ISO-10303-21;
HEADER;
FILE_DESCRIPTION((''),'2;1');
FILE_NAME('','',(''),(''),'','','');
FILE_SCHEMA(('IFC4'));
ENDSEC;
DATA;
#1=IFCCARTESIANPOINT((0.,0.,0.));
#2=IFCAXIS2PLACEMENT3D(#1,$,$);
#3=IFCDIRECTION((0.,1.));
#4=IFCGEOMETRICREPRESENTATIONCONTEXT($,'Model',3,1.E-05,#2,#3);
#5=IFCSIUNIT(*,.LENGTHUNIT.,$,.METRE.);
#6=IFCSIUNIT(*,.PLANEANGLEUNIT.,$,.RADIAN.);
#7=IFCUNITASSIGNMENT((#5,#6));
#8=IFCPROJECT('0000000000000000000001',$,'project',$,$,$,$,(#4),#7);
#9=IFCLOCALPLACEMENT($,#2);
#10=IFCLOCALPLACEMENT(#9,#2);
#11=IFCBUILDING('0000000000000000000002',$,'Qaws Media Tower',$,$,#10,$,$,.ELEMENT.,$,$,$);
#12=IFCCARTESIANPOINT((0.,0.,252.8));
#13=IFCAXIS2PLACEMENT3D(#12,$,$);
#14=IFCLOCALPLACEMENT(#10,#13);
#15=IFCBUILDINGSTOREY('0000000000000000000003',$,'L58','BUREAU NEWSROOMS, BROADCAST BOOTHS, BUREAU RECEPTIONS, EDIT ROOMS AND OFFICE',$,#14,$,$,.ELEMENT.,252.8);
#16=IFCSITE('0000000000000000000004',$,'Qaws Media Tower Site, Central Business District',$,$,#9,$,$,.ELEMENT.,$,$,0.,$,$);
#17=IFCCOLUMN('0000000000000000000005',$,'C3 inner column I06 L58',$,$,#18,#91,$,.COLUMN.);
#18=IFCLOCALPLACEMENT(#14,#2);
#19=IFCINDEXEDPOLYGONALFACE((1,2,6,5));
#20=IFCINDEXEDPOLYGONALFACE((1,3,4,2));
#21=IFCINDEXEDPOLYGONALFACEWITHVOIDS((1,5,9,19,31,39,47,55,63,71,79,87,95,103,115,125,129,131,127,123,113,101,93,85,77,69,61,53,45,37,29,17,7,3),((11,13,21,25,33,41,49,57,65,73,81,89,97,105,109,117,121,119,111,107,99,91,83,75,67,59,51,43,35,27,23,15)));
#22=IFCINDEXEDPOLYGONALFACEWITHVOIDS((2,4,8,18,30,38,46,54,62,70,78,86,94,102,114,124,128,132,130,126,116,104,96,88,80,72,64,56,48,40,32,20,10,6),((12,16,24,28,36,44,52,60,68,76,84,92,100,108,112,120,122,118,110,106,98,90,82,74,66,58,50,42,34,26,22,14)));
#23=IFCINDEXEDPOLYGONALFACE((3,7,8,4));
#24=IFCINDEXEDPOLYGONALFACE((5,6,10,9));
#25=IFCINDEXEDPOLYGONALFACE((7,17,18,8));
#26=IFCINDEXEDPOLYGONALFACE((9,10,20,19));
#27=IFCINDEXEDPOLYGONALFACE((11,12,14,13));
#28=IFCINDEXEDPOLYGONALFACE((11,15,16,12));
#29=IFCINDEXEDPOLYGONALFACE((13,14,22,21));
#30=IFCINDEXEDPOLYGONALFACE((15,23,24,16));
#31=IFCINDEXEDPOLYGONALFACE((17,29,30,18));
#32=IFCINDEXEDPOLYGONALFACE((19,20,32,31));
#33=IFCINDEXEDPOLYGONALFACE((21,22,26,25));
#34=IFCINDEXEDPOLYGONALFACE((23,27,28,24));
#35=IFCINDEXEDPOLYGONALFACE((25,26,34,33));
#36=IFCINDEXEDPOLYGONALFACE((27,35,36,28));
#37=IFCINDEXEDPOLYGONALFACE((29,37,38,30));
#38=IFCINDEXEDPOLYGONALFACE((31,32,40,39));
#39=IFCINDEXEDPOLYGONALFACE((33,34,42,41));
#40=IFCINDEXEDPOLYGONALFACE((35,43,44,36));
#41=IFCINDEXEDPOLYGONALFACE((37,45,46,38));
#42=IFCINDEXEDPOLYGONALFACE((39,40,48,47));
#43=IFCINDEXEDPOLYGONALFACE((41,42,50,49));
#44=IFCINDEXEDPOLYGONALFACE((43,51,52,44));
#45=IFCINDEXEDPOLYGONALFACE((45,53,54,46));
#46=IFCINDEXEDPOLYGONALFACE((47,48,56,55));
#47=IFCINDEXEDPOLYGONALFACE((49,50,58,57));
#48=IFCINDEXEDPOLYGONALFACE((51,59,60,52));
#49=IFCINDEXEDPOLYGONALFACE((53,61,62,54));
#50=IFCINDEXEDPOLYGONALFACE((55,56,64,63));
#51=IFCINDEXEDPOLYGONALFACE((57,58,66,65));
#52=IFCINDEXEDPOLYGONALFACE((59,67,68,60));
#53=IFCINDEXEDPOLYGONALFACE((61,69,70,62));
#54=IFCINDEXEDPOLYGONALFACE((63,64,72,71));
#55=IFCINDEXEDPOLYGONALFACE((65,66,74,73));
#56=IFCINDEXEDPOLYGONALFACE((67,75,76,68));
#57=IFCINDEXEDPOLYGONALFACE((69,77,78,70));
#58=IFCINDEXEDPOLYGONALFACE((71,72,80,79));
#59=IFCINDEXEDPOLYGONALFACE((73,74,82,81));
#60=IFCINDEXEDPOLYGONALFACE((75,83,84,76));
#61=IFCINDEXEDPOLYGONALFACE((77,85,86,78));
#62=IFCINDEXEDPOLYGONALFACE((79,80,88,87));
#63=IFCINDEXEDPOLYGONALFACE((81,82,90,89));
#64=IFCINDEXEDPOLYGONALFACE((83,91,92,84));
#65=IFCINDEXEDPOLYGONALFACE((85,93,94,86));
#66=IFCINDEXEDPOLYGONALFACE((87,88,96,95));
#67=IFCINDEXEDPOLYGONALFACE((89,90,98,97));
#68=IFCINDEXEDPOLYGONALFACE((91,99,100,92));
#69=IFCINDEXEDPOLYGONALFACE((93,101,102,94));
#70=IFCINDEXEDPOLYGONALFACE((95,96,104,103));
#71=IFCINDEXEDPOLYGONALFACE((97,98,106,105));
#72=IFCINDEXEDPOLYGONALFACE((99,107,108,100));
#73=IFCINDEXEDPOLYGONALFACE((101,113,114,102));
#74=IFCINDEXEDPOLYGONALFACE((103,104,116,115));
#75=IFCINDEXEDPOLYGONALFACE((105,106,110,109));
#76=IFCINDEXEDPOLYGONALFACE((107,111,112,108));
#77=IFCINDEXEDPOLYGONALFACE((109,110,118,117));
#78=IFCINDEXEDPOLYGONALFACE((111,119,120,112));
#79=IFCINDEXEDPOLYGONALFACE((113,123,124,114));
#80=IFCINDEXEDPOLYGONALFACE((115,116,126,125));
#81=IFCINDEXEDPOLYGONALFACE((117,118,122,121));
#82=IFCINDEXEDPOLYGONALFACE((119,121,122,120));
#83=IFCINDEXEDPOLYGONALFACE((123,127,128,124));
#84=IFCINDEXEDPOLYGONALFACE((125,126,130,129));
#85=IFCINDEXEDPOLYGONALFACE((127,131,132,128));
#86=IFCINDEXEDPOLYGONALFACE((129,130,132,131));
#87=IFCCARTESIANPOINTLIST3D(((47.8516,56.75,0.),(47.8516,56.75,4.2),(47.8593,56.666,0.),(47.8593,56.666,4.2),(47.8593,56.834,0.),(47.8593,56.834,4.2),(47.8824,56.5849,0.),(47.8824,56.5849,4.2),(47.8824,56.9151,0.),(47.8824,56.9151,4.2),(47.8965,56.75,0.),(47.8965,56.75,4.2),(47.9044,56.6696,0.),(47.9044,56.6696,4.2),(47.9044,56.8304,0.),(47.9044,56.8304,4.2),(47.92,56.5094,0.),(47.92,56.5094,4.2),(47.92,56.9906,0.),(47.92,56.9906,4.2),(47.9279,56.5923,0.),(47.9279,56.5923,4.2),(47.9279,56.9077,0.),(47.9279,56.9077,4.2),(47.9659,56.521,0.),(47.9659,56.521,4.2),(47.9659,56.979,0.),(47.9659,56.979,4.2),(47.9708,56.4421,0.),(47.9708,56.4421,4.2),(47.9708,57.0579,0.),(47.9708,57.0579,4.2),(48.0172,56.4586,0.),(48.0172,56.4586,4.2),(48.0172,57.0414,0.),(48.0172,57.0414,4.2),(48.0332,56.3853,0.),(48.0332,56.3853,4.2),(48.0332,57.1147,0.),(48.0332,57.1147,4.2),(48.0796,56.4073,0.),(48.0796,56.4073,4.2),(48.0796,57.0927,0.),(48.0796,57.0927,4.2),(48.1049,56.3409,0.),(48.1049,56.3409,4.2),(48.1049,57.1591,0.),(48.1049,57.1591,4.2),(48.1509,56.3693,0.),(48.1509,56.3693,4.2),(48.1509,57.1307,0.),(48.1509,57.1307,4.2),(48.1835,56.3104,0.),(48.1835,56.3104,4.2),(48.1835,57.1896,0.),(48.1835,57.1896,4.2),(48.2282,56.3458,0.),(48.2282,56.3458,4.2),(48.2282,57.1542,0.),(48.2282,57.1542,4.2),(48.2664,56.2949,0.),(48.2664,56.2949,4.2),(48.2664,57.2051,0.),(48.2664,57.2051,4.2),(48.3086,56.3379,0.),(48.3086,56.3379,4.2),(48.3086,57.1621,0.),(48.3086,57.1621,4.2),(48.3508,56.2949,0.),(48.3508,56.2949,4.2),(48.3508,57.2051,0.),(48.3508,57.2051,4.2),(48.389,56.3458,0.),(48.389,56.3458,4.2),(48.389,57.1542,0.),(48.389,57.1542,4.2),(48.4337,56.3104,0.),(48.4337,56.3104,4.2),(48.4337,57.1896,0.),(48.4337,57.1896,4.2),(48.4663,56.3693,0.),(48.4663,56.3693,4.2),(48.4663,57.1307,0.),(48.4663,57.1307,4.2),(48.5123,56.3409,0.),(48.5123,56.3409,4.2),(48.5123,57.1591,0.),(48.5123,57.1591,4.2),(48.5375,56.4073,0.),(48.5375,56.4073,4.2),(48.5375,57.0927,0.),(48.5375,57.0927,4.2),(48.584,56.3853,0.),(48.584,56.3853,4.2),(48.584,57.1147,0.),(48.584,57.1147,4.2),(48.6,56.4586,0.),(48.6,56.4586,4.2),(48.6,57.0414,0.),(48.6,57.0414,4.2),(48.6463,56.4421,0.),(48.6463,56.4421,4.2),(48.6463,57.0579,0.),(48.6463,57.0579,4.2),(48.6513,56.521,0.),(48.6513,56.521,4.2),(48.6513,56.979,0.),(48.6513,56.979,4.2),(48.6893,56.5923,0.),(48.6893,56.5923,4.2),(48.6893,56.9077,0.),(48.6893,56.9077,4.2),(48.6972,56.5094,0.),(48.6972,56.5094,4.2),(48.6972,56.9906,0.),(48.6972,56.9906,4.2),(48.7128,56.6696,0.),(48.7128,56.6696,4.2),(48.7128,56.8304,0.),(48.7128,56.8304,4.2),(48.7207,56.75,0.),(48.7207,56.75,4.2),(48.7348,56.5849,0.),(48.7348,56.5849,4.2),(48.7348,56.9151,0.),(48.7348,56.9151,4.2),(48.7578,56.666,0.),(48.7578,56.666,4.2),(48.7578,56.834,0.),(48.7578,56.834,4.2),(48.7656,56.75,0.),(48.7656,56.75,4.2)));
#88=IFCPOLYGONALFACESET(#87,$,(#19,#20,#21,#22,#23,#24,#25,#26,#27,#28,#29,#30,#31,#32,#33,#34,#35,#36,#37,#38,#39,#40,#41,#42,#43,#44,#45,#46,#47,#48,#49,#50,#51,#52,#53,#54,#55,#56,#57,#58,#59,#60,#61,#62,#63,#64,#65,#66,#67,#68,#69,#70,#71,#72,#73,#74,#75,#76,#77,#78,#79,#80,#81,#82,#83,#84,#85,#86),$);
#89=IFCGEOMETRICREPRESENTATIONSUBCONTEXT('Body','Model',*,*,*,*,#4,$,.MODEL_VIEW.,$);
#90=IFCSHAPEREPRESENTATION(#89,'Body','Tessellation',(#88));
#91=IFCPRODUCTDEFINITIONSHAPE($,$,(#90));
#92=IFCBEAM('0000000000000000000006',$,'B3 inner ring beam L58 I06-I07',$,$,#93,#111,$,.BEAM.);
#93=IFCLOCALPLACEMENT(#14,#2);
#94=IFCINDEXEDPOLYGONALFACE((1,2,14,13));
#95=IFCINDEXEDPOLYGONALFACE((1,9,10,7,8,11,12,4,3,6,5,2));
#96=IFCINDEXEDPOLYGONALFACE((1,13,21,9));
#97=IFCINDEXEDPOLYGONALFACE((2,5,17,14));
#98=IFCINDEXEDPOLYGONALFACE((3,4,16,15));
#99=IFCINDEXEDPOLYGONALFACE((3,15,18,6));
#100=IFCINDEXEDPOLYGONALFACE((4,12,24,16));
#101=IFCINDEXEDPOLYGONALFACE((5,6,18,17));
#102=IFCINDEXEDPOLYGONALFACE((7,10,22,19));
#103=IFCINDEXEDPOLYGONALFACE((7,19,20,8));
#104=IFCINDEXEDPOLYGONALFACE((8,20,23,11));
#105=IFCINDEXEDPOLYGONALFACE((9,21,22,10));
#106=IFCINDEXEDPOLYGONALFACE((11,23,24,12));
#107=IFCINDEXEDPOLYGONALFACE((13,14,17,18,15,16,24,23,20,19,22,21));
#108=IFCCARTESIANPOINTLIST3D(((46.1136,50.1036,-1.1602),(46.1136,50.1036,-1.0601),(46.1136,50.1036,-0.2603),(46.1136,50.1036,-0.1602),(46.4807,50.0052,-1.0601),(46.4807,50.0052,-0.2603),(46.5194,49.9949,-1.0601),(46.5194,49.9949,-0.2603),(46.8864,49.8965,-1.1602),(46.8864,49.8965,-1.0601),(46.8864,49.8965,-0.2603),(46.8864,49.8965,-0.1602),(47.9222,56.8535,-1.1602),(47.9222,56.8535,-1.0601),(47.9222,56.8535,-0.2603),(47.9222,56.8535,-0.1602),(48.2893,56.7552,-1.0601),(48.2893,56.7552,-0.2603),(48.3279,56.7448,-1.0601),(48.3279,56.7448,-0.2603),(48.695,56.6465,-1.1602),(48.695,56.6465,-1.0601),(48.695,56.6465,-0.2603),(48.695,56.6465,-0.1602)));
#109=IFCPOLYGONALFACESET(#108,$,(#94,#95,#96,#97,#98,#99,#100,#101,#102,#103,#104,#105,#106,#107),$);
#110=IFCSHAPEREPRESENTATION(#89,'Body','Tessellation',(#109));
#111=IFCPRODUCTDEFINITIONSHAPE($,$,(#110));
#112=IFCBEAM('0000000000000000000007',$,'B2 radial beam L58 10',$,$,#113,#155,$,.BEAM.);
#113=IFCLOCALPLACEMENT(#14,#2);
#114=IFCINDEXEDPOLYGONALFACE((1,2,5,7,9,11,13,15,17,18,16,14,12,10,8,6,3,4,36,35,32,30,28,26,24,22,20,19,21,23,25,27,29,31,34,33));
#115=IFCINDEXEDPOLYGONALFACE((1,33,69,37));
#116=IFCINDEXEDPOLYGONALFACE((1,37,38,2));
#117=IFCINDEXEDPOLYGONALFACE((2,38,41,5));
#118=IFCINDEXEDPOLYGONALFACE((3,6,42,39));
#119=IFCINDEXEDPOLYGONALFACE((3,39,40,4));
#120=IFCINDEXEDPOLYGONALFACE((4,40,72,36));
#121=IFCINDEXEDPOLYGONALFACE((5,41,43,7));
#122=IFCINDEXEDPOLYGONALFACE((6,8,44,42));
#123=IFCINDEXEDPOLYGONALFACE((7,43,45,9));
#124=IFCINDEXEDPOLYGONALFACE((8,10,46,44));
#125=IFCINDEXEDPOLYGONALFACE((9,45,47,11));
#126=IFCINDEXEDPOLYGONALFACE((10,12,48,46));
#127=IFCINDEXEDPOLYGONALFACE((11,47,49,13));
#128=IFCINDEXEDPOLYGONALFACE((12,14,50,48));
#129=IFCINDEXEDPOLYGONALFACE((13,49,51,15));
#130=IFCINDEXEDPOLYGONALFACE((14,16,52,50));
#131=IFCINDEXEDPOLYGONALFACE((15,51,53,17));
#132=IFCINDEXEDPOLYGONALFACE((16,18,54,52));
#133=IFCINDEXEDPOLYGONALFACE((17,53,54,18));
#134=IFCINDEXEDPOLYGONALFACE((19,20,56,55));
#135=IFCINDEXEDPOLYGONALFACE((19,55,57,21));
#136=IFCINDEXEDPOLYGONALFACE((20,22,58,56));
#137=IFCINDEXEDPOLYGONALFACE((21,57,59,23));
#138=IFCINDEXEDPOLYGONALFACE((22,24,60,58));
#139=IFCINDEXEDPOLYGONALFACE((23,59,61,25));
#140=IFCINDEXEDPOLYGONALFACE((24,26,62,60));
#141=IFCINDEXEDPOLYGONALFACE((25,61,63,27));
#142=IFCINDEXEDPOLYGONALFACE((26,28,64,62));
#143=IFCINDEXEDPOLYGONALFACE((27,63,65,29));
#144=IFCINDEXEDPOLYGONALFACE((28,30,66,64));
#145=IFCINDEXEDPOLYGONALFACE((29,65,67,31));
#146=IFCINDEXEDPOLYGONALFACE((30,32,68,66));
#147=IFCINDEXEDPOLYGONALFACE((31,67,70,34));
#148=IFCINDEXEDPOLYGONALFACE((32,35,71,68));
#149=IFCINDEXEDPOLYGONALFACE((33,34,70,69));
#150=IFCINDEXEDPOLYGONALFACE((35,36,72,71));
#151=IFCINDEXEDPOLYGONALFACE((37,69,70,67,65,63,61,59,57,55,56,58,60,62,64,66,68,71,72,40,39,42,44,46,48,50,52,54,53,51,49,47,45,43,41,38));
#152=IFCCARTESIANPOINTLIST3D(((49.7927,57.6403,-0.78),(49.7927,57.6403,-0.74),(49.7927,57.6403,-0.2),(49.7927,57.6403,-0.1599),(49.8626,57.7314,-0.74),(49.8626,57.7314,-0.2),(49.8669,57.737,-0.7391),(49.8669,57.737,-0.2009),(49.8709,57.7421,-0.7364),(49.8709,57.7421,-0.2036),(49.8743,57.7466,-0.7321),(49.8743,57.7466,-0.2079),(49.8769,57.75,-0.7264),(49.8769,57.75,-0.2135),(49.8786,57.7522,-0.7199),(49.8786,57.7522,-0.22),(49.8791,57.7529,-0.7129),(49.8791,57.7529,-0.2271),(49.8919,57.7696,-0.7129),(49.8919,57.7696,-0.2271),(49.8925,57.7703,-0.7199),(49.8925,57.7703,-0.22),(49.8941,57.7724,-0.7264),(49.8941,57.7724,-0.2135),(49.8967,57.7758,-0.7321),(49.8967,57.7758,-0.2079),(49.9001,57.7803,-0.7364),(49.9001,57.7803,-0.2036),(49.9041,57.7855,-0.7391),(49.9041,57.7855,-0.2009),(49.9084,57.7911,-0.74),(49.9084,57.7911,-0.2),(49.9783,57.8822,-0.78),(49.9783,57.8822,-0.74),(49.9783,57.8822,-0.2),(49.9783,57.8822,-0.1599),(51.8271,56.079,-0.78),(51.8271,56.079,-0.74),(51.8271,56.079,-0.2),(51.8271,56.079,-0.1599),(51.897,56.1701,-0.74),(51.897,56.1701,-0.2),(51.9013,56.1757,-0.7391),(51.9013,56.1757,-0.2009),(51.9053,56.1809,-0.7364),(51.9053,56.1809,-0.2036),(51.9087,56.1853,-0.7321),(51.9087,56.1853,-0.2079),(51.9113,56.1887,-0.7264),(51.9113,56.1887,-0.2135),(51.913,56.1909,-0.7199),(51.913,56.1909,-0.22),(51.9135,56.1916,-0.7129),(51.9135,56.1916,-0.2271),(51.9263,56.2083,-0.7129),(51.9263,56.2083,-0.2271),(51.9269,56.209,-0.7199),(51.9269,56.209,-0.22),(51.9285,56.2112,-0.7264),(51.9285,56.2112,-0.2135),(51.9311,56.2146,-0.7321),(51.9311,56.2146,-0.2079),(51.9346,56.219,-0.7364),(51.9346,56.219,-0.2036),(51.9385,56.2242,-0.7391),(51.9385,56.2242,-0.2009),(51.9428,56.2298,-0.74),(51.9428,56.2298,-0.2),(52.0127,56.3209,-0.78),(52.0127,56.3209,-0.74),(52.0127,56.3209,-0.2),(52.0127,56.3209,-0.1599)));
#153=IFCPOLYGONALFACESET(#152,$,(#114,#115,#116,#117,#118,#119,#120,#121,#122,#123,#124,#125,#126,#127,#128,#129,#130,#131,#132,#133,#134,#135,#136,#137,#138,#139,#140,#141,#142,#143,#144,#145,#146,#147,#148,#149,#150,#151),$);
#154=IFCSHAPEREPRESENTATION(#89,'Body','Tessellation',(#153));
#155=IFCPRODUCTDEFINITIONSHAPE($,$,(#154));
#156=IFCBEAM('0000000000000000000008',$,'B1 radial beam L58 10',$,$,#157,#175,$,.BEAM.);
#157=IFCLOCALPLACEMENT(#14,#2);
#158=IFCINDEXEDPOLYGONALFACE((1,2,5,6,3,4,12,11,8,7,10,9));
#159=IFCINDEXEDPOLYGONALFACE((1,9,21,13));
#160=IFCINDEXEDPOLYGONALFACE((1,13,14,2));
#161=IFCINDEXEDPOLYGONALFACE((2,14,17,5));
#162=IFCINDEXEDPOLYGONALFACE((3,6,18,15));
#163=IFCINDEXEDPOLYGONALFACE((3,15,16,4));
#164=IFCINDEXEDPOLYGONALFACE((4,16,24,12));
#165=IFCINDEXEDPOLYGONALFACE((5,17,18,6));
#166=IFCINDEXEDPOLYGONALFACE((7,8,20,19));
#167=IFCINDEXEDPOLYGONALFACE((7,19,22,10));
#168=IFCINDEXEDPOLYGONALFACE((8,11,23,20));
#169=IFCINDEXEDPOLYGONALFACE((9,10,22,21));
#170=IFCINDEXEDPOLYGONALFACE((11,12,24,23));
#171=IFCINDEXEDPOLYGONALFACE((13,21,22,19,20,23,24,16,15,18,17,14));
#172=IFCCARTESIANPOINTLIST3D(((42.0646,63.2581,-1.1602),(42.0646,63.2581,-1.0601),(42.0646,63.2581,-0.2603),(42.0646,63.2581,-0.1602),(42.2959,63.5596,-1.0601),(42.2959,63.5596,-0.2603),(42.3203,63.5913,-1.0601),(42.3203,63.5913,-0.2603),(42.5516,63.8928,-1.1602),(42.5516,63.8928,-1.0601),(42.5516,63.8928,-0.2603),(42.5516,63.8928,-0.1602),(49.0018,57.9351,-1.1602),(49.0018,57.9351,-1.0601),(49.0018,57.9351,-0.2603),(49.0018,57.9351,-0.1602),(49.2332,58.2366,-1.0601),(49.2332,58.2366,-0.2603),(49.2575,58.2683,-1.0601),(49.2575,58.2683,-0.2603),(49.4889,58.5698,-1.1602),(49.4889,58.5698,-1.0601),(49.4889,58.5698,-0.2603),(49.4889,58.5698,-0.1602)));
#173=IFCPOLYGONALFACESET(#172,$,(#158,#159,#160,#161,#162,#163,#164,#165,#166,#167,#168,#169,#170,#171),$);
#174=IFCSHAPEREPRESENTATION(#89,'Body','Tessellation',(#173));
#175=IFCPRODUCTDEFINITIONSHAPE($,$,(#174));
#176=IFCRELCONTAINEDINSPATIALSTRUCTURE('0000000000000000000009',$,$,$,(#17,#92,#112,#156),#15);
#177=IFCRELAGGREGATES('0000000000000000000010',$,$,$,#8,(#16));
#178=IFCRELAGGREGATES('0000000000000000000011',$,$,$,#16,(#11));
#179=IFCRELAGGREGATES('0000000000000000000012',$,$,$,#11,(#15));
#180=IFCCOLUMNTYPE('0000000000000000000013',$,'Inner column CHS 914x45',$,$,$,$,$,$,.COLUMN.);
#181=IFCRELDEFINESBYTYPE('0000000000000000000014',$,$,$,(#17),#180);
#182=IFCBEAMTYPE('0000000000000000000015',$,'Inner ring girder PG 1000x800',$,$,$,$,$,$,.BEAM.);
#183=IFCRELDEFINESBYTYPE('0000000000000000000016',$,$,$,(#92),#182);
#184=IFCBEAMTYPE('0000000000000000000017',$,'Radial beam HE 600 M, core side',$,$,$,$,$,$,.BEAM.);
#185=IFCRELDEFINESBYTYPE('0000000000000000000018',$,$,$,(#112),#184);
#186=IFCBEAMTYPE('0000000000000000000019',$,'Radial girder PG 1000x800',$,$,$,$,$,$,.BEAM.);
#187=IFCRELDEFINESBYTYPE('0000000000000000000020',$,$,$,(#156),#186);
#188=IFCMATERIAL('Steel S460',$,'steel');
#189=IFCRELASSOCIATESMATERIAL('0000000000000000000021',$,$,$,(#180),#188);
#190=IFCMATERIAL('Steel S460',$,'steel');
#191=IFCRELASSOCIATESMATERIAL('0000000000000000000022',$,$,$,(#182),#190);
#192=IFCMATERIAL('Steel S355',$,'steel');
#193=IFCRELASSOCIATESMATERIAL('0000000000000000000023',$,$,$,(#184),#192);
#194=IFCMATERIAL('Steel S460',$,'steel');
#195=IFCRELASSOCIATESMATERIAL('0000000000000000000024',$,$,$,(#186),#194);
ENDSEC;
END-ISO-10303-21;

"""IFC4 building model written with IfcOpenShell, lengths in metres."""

from ifc_helpers import new_model, si_unit, direction, frame, origin, origin_2d, place, context, subcontext, project, spatial, hollow_circle, i_section, extrude, material, material_profile, profile_set, type_object, element, save


model = new_model("IFC4")

# Units and contexts
model_context = context("Model", 3, precision=1e-05, world=origin(), true_north=direction((0.0, 1.0)))
body_context = subcontext(model_context, "Body", "Model", "MODEL_VIEW")
ifc_project = project(units=[si_unit("LENGTHUNIT", "METRE"), si_unit("PLANEANGLEUNIT", "RADIAN")], contexts=[model_context])

# Site, building, storey
site_placement = place(None, origin())
site = spatial("IfcSite", under=ifc_project, at=site_placement, Name="Qaws Media Tower Site, Central Business District", CompositionType="ELEMENT", RefElevation=0.0)
building_placement = place(site_placement, origin())
building = spatial("IfcBuilding", under=site, at=building_placement, Name="Qaws Media Tower", CompositionType="ELEMENT")
storey_placement = place(building_placement, frame((0.0, 0.0, 252.8)))
storey = spatial("IfcBuildingStorey", under=building, at=storey_placement, Name="L58", Description="BUREAU NEWSROOMS, BROADCAST BOOTHS, BUREAU RECEPTIONS, EDIT ROOMS AND OFFICE", CompositionType="ELEMENT", Elevation=252.8)

# Column
ifc_material_1 = material(Name="Steel S460", Category="steel")
ifc_material_profile_1 = material_profile(ifc_material_1, hollow_circle(Radius=0.457, WallThickness=0.0449, at=origin_2d()), Name="CHS 914x45")
ifc_profile_set_1 = profile_set([ifc_material_profile_1], Name="Steel S460")
column_type = type_object("IfcColumnType", Name="Inner column CHS 914x45", PredefinedType="COLUMN", material=ifc_profile_set_1)
column_placement = place(storey_placement, frame((48.3086, 56.75, 0.0), z_axis=(0.0, 0.0, 1.0), x_axis=(1.0, 0.0, 0.0)))
element("IfcColumn", 1, at=column_placement, inside=storey, type_object=column_type, Name="C3 inner column I06 L58", PredefinedType="COLUMN", context=body_context, shape_type="SweptSolid", body=[
    extrude(hollow_circle(Radius=0.457, WallThickness=0.0449, at=origin_2d()), origin(), (0.0, 0.0, 1.0), 4.2),
])

# Beams
ifc_material_2 = material(Name="Steel S460", Category="steel")
ifc_material_profile_2 = material_profile(ifc_material_2, i_section(OverallWidth=0.8, OverallDepth=1.0, WebThickness=0.04, FlangeThickness=0.1001, at=origin_2d()), Name="PG 1000x800")
ifc_profile_set_2 = profile_set([ifc_material_profile_2], Name="Steel S460")
beam_type_1 = type_object("IfcBeamType", Name="Inner ring girder PG 1000x800", PredefinedType="BEAM", material=ifc_profile_set_2)
beam_1_placement = place(storey_placement, frame((48.3086, 56.75, -0.6602), z_axis=(-0.258811, -0.965928, 0.0), x_axis=(0.965928, -0.258811, 0.0)))
element("IfcBeam", 2, at=beam_1_placement, inside=storey, type_object=beam_type_1, Name="B3 inner ring beam L58 I06-I07", PredefinedType="BEAM", context=body_context, shape_type="SweptSolid", body=[
    extrude(i_section(OverallWidth=0.8, OverallDepth=1.0, WebThickness=0.04, FlangeThickness=0.1001, at=origin_2d()), origin(), (0.0, 0.0, 1.0), 6.988),
])
ifc_material_3 = material(Name="Steel S355", Category="steel")
ifc_material_profile_3 = material_profile(ifc_material_3, i_section(OverallWidth=0.3049, OverallDepth=0.6201, WebThickness=0.021, FlangeThickness=0.04, FilletRadius=0.0271, at=origin_2d()), Name="HE 600 M")
ifc_profile_set_3 = profile_set([ifc_material_profile_3], Name="Steel S355")
beam_type_2 = type_object("IfcBeamType", Name="Radial beam HE 600 M, core side", PredefinedType="BEAM", material=ifc_profile_set_3)
beam_2_placement = place(storey_placement, frame((51.9199, 56.2, -0.47), z_axis=(-0.793314, 0.608813, 0.0), x_axis=(-0.608813, -0.793314, 0.0)))
element("IfcBeam", 3, at=beam_2_placement, inside=storey, type_object=beam_type_2, Name="B2 radial beam L58 10", PredefinedType="BEAM", context=body_context, shape_type="SweptSolid", body=[
    extrude(i_section(OverallWidth=0.3049, OverallDepth=0.6201, WebThickness=0.021, FlangeThickness=0.04, FilletRadius=0.0271, at=origin_2d()), origin(), (0.0, 0.0, 1.0), 2.5645),
])
ifc_material_4 = material(Name="Steel S460", Category="steel")
ifc_material_profile_4 = material_profile(ifc_material_4, i_section(OverallWidth=0.8, OverallDepth=1.0, WebThickness=0.04, FlangeThickness=0.1001, at=origin_2d()), Name="PG 1000x800")
ifc_profile_set_4 = profile_set([ifc_material_profile_4], Name="Steel S460")
beam_type_3 = type_object("IfcBeamType", Name="Radial girder PG 1000x800", PredefinedType="BEAM", material=ifc_profile_set_4)
beam_3_placement = place(storey_placement, frame((49.2454, 58.2524, -0.6602), z_axis=(-0.793361, 0.608751, 0.0), x_axis=(-0.608751, -0.793361, 0.0)))
element("IfcBeam", 4, at=beam_3_placement, inside=storey, type_object=beam_type_3, Name="B1 radial beam L58 10", PredefinedType="BEAM", context=body_context, shape_type="SweptSolid", body=[
    extrude(i_section(OverallWidth=0.8, OverallDepth=1.0, WebThickness=0.04, FlangeThickness=0.1001, at=origin_2d()), origin(), (0.0, 0.0, 1.0), 8.7441),
])

save(model, "model.ifc")
